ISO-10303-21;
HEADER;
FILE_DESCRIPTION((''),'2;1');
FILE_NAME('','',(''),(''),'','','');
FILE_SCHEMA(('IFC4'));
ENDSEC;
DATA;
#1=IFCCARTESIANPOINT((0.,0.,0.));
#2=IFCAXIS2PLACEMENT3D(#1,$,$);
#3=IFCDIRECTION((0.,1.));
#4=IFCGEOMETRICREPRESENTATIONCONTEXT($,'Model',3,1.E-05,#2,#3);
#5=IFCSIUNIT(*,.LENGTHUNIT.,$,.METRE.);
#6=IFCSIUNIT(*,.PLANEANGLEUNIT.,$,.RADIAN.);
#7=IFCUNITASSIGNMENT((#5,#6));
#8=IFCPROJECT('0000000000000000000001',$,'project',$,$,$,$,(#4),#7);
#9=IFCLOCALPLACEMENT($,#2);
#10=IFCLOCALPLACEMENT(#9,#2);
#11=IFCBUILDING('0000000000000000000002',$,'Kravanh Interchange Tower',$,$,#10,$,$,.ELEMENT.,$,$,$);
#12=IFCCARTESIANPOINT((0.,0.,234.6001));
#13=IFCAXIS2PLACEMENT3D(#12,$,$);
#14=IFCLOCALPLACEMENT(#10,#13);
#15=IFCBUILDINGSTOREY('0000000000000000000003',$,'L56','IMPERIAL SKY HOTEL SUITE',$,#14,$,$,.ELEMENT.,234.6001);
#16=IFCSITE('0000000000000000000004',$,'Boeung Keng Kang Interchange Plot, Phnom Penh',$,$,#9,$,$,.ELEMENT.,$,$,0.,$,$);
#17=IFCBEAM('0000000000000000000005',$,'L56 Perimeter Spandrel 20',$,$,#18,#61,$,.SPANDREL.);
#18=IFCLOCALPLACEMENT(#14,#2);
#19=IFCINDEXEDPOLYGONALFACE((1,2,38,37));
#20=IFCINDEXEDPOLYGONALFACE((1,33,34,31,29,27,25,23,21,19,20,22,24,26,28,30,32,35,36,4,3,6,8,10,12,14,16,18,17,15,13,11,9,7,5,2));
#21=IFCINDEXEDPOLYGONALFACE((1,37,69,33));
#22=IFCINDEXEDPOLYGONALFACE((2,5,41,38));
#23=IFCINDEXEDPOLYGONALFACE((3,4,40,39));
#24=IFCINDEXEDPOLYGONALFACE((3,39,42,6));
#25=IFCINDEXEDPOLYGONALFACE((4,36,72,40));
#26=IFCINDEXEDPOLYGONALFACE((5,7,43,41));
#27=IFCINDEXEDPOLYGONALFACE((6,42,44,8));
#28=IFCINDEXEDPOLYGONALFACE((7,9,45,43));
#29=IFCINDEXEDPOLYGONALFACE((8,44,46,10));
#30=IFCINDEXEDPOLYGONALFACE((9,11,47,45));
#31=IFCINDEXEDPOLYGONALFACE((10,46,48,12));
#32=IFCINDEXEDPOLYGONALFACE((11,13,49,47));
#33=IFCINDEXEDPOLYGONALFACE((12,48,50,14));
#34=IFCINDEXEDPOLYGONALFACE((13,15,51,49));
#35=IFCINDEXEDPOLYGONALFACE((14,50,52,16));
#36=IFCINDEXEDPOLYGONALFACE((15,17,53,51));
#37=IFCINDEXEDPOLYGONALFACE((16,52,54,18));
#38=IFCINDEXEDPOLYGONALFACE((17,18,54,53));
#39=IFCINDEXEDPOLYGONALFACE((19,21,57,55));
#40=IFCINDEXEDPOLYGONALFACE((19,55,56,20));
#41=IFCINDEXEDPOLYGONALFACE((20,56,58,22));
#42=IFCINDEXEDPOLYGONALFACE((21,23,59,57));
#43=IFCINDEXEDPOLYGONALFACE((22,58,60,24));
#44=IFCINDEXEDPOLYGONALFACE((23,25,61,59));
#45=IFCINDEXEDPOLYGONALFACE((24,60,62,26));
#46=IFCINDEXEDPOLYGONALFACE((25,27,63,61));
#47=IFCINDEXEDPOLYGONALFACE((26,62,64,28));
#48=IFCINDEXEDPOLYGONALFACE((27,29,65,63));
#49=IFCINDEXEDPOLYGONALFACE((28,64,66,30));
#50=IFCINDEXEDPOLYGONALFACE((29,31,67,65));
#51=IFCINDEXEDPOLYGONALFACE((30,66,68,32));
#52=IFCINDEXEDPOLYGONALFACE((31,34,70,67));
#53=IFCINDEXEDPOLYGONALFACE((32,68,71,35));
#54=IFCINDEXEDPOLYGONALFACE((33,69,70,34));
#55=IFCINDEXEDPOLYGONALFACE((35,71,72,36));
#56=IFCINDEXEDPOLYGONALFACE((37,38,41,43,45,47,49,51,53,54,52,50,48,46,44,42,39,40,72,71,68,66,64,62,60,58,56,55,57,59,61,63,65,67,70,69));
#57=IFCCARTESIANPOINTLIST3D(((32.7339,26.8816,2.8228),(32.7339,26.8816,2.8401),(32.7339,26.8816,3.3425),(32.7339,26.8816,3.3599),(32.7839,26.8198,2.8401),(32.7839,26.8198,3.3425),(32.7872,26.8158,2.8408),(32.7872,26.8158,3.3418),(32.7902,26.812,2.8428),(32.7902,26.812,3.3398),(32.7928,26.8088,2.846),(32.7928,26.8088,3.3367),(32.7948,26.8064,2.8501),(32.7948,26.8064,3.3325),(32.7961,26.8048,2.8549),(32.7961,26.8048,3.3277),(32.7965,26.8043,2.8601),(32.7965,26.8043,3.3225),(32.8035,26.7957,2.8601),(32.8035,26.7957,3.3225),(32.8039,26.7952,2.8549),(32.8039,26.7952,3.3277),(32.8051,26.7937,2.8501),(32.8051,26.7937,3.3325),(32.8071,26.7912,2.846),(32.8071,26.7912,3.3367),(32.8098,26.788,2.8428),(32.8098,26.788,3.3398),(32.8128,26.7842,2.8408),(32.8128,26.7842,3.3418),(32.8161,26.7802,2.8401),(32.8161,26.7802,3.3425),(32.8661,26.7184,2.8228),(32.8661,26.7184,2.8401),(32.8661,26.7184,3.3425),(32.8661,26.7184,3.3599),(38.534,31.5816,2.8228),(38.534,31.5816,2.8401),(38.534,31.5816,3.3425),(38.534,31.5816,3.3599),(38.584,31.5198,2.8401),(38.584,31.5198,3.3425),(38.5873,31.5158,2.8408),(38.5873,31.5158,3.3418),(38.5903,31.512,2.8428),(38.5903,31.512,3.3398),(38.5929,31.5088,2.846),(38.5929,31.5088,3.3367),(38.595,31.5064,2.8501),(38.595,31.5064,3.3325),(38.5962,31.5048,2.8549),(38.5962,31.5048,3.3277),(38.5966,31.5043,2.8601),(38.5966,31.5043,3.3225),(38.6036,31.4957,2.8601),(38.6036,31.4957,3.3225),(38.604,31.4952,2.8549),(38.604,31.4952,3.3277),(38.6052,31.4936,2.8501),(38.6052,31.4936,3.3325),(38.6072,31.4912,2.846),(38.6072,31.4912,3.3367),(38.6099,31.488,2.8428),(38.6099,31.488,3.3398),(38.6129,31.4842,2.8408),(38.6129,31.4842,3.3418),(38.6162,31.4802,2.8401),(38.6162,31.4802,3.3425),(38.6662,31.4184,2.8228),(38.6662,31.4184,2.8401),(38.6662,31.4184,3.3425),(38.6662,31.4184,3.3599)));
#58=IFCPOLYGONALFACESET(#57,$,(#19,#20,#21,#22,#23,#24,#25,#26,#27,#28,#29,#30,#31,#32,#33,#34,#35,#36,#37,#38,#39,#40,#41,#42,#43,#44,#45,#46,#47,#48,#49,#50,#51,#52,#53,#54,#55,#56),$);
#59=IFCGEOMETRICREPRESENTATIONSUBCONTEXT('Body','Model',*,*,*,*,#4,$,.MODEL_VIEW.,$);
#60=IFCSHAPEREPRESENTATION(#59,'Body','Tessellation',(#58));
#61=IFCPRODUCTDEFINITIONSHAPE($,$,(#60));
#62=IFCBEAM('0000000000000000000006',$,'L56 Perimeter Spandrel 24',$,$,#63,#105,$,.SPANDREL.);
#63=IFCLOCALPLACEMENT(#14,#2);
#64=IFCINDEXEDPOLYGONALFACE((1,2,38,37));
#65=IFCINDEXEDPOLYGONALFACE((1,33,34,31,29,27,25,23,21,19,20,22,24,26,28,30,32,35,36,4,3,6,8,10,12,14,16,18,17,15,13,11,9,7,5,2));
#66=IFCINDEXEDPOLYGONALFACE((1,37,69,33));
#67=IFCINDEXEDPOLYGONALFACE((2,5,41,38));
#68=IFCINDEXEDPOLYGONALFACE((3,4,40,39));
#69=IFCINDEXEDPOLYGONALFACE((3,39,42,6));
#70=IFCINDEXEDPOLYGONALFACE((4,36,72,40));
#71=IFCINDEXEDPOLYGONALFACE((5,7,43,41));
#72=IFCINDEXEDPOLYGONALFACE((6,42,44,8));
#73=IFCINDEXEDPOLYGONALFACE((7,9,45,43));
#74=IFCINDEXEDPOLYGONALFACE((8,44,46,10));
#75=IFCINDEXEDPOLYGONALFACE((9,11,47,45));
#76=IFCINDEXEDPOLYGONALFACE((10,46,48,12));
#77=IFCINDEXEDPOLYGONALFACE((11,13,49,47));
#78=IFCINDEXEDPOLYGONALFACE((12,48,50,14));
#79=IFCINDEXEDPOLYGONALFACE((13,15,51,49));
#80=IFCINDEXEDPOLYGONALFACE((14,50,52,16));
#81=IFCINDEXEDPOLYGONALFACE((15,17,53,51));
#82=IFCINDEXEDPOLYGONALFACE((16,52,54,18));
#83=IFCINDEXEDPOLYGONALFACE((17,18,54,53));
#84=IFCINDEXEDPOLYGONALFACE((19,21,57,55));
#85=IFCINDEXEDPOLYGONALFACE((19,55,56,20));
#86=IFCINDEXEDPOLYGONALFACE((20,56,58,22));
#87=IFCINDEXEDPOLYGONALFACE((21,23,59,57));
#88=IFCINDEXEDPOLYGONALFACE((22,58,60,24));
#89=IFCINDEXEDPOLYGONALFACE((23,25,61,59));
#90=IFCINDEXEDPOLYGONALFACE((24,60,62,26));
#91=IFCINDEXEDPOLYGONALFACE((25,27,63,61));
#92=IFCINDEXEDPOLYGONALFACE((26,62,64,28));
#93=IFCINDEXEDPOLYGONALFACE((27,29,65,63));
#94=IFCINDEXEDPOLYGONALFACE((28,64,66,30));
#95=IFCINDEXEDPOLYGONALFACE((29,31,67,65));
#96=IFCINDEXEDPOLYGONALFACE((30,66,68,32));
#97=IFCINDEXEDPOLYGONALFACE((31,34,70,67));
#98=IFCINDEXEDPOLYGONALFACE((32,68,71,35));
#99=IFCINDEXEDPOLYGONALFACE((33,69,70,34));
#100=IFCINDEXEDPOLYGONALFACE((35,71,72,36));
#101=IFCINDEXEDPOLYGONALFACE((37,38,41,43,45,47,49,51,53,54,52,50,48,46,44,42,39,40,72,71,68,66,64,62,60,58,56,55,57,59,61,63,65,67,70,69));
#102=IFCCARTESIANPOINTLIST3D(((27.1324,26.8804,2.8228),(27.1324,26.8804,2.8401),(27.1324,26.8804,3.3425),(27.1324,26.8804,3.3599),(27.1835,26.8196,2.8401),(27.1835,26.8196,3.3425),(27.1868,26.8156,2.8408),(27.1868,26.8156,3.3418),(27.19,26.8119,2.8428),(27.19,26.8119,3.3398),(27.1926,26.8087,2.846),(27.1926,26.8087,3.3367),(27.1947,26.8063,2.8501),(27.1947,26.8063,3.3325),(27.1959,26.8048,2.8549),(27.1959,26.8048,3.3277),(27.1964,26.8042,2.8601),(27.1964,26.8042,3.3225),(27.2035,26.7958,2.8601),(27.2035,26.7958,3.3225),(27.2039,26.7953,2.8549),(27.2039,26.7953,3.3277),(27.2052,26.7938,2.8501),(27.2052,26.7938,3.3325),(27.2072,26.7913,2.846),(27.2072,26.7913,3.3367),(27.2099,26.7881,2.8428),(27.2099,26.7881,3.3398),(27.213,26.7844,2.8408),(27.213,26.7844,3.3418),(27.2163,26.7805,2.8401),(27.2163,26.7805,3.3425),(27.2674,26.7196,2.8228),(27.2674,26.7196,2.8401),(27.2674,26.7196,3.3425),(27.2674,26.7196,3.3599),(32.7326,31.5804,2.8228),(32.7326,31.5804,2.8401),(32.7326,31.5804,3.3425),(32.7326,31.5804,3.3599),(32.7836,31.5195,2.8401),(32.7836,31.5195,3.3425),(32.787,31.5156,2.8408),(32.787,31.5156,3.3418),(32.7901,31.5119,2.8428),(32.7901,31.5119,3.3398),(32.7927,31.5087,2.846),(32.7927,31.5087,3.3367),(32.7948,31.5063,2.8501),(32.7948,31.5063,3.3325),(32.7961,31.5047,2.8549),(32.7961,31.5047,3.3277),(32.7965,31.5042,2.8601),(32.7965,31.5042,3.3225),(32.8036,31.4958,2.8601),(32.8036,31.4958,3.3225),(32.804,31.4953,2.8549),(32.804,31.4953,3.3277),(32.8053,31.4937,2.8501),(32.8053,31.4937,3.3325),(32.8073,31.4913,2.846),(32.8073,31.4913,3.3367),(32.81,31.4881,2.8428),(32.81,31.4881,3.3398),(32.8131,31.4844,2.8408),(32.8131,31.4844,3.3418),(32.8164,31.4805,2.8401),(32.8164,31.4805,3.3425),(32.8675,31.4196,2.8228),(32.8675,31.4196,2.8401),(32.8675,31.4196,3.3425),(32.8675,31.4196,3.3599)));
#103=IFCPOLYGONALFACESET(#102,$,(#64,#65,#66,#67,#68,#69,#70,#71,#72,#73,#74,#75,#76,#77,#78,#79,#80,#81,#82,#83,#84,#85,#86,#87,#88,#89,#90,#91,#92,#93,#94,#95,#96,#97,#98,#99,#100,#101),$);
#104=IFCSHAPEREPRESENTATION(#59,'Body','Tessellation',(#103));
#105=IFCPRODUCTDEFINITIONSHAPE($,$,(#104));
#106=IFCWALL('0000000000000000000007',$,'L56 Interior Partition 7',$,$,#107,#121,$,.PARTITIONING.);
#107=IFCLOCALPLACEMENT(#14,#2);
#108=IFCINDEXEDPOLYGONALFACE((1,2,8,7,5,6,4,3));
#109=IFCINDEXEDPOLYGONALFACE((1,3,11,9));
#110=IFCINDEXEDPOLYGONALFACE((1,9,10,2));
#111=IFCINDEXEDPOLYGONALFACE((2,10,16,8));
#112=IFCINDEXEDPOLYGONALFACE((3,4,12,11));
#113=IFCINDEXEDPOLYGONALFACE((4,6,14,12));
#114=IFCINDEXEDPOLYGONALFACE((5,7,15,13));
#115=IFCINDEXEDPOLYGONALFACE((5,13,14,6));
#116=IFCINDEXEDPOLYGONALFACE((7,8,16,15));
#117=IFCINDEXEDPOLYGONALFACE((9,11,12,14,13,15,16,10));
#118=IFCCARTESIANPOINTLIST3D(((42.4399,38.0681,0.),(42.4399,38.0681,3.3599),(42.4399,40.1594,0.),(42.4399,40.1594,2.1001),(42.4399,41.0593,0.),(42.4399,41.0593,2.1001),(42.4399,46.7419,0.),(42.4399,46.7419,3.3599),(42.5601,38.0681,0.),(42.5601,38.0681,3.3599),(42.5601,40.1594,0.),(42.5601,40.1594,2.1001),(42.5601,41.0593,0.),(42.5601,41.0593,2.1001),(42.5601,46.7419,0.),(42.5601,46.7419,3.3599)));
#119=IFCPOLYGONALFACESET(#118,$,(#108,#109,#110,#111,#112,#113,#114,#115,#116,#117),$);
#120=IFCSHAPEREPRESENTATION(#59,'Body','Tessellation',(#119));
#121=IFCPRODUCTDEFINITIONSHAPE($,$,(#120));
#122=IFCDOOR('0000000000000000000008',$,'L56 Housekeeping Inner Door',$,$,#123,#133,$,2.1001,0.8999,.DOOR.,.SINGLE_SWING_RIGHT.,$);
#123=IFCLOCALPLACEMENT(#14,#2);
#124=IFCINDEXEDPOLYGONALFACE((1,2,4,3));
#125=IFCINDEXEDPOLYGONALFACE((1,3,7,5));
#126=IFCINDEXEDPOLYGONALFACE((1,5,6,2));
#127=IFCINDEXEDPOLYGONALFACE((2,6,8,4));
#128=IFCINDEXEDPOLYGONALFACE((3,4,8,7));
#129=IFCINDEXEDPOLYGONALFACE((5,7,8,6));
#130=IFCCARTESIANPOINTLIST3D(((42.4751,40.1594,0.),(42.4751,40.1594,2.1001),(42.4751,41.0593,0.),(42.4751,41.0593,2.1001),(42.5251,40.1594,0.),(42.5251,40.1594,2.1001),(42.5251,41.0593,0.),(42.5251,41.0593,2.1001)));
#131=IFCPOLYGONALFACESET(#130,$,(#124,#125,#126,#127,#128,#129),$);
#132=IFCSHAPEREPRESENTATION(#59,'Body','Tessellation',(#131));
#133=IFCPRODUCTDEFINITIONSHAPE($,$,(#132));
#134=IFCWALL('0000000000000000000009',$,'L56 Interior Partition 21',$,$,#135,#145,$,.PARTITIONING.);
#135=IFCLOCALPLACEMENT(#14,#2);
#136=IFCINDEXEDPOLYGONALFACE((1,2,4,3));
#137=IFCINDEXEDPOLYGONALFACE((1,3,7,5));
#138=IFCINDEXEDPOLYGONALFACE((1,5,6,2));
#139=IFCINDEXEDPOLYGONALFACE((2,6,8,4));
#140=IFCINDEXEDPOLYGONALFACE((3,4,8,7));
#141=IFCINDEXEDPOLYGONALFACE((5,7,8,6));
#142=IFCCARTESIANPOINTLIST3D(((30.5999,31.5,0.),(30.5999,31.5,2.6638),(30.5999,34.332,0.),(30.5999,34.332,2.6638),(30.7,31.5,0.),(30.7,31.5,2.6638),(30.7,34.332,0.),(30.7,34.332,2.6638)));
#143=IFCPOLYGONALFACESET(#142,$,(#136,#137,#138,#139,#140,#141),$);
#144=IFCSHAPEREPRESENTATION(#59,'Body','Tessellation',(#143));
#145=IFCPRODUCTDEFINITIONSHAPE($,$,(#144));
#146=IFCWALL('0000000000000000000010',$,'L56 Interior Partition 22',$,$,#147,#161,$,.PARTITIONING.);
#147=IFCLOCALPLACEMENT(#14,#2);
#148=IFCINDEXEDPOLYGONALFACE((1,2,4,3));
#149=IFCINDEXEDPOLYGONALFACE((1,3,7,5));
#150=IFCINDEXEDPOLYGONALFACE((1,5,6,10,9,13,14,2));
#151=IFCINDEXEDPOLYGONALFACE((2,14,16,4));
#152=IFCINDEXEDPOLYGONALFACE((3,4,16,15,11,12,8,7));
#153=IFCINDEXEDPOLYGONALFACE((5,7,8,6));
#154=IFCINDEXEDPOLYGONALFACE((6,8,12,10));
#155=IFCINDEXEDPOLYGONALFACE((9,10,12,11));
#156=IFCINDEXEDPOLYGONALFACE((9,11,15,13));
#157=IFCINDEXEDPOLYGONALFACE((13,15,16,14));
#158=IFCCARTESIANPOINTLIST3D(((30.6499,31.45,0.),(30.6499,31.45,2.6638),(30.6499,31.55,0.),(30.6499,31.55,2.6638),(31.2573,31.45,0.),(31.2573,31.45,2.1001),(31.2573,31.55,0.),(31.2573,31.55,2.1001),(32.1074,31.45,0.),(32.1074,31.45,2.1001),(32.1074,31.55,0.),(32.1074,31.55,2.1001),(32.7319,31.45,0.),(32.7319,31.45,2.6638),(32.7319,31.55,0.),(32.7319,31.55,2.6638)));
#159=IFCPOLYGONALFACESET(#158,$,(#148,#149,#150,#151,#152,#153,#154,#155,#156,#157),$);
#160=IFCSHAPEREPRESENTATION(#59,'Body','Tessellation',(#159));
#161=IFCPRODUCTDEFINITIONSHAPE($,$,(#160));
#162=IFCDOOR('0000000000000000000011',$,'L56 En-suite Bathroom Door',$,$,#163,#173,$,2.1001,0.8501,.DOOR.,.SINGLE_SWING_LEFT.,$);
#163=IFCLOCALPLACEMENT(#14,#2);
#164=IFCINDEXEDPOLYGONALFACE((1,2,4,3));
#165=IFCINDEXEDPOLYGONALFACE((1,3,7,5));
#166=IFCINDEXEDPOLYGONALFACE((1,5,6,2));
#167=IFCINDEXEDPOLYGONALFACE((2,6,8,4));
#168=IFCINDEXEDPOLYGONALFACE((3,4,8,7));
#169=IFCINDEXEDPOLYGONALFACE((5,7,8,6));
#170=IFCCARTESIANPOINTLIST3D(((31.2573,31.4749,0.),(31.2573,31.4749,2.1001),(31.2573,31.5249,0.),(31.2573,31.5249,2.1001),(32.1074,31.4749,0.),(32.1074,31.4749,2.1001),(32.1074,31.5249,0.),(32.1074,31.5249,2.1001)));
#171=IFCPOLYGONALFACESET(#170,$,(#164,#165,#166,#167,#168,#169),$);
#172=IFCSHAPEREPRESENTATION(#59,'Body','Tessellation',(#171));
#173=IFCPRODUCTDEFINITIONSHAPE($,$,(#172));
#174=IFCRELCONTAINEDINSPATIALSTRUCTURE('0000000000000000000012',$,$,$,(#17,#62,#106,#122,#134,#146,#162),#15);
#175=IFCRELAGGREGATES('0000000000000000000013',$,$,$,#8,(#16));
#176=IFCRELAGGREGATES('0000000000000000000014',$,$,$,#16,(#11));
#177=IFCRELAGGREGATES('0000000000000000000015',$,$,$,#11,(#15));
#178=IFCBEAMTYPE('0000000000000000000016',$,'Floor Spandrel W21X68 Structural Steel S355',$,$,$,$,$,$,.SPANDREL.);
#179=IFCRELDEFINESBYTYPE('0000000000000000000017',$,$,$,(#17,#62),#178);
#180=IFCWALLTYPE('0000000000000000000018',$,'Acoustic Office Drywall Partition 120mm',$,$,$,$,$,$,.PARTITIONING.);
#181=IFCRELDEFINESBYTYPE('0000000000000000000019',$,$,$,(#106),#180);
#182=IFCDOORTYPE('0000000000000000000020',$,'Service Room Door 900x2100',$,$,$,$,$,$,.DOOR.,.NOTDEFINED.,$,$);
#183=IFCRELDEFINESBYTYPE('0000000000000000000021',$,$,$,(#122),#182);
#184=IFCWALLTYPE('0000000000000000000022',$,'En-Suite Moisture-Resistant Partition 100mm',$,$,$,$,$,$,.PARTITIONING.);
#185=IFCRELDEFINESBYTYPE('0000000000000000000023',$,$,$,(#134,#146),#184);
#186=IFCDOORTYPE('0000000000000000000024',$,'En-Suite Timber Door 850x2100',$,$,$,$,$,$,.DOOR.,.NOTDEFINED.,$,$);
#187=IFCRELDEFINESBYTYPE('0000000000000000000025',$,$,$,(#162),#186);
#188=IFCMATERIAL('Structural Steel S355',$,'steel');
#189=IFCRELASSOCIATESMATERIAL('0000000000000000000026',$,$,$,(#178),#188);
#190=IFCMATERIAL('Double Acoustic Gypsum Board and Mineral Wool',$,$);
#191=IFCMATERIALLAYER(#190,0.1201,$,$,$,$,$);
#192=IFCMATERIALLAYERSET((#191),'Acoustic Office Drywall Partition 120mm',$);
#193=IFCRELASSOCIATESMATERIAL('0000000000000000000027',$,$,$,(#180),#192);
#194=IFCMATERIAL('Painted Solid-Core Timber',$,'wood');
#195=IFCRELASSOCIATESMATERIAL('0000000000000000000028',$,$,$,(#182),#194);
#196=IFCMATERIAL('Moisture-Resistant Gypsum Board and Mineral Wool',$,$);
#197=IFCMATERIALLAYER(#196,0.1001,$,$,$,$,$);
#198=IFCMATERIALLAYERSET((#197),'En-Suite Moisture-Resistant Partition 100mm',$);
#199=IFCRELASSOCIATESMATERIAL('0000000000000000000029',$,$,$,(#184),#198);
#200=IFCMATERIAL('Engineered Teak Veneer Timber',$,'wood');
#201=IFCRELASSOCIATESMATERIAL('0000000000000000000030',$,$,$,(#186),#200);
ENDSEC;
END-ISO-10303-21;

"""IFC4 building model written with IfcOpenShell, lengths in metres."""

from ifc_helpers import new_model, si_unit, direction, frame, frame_2d, origin, origin_2d, place, context, subcontext, project, spatial, rectangle, i_section, extrude, material, layer, layer_set, material_profile, profile_set, type_object, element, fill, save


model = new_model("IFC4")

# Units and contexts
model_context = context("Model", 3, precision=1e-05, world=origin(), true_north=direction((0.0, 1.0)))
body_context = subcontext(model_context, "Body", "Model", "MODEL_VIEW")
ifc_project = project(units=[si_unit("LENGTHUNIT", "METRE"), si_unit("PLANEANGLEUNIT", "RADIAN")], contexts=[model_context])

# Site, building, storey
site_placement = place(None, origin())
site = spatial("IfcSite", under=ifc_project, at=site_placement, Name="Boeung Keng Kang Interchange Plot, Phnom Penh", CompositionType="ELEMENT", RefElevation=0.0)
building_placement = place(site_placement, origin())
building = spatial("IfcBuilding", under=site, at=building_placement, Name="Kravanh Interchange Tower", CompositionType="ELEMENT")
storey_placement = place(building_placement, frame((0.0, 0.0, 234.6001)))
storey = spatial("IfcBuildingStorey", under=building, at=storey_placement, Name="L56", Description="IMPERIAL SKY HOTEL SUITE", CompositionType="ELEMENT", Elevation=234.6001)

# Beams
ifc_material_1 = material(Name="Structural Steel S355", Category="steel")
ifc_material_profile_1 = material_profile(ifc_material_1, i_section(OverallWidth=0.21, OverallDepth=0.5371, WebThickness=0.011, FlangeThickness=0.0173, FilletRadius=0.02, at=origin_2d()), Name="W21X68")
ifc_profile_set_1 = profile_set([ifc_material_profile_1], Name="Structural Steel S355")
beam_type_1 = type_object("IfcBeamType", Name="Floor Spandrel W21X68 Structural Steel S355", PredefinedType="SPANDREL", material=ifc_profile_set_1)
beam_1_placement = place(storey_placement, frame((38.6001, 31.5, 3.0913), z_axis=(-0.776939, -0.629576, 0.0), x_axis=(0.629576, -0.776939, 0.0)))
element("IfcBeam", 1, at=beam_1_placement, inside=storey, type_object=beam_type_1, Name="L56 Perimeter Spandrel 20", PredefinedType="SPANDREL", context=body_context, shape_type="SweptSolid", body=[
    extrude(i_section(OverallWidth=0.21, OverallDepth=0.5371, WebThickness=0.011, FlangeThickness=0.0173, FilletRadius=0.02, at=origin_2d()), origin(), (0.0, 0.0, 1.0), 7.4653),
])
beam_2_placement = place(storey_placement, frame((32.8, 31.5, 3.0913), z_axis=(-0.765983, -0.642861, 0.0), x_axis=(0.642861, -0.765983, 0.0)))
element("IfcBeam", 2, at=beam_2_placement, inside=storey, type_object=beam_type_1, Name="L56 Perimeter Spandrel 24", PredefinedType="SPANDREL", context=body_context, shape_type="SweptSolid", body=[
    extrude(i_section(OverallWidth=0.21, OverallDepth=0.5371, WebThickness=0.011, FlangeThickness=0.0173, FilletRadius=0.02, at=origin_2d()), origin(), (0.0, 0.0, 1.0), 7.311),
])

# Wall, opening, door
ifc_material_2 = material(Name="Double Acoustic Gypsum Board and Mineral Wool")
ifc_layer_1 = layer(ifc_material_2, 0.1201)
ifc_layer_set_1 = layer_set([ifc_layer_1], Name="Acoustic Office Drywall Partition 120mm")
wall_type_1 = type_object("IfcWallType", Name="Acoustic Office Drywall Partition 120mm", PredefinedType="PARTITIONING", material=ifc_layer_set_1)
wall_1_placement = place(storey_placement, frame((42.5, 38.0681, 0.0), z_axis=(0.0, 0.0, 1.0), x_axis=(0.0, 1.0, 0.0)))
wall_1 = element("IfcWall", 3, at=wall_1_placement, inside=storey, type_object=wall_type_1, Name="L56 Interior Partition 7", PredefinedType="PARTITIONING", context=body_context, shape_type="SweptSolid", body=[
    extrude(rectangle(XDim=8.6738, YDim=0.1201, at=frame_2d((4.3369, 0.0))), origin(), (0.0, 0.0, 1.0), 3.3599),
])
opening_1_placement = place(wall_1_placement, frame((2.0913, 0.0, 0.0)))
opening_1 = element("IfcOpeningElement", 4, at=opening_1_placement, cuts=wall_1, PredefinedType="OPENING", context=body_context, shape_type="SweptSolid", body=[
    extrude(rectangle(XDim=0.8999, YDim=2.1001, at=frame_2d((0.45, 1.05))), frame((0.0, 0.0701, 0.0), z_axis=(0.0, -1.0, 0.0), x_axis=(1.0, 0.0, 0.0)), (0.0, 0.0, 1.0), 0.1401),
])
ifc_material_3 = material(Name="Painted Solid-Core Timber", Category="wood")
door_type_1 = type_object("IfcDoorType", Name="Service Room Door 900x2100", OperationType="NOTDEFINED", PredefinedType="DOOR", material=ifc_material_3)
door_1_placement = place(opening_1_placement, origin())
door_1 = element("IfcDoor", 5, at=door_1_placement, inside=storey, type_object=door_type_1, Name="L56 Housekeeping Inner Door", OperationType="SINGLE_SWING_RIGHT", OverallHeight=2.1001, OverallWidth=0.8999, PredefinedType="DOOR", context=body_context, shape_type="SweptSolid", body=[
    extrude(rectangle(XDim=0.8999, YDim=2.1001, at=frame_2d((0.45, 1.05))), frame((0.0, 0.0249, 0.0), z_axis=(0.0, -1.0, 0.0), x_axis=(1.0, 0.0, 0.0)), (0.0, 0.0, 1.0), 0.05),
])
fill(opening_1, door_1)

# Wall
ifc_material_4 = material(Name="Moisture-Resistant Gypsum Board and Mineral Wool")
ifc_layer_2 = layer(ifc_material_4, 0.1001)
ifc_layer_set_2 = layer_set([ifc_layer_2], Name="En-Suite Moisture-Resistant Partition 100mm")
wall_type_2 = type_object("IfcWallType", Name="En-Suite Moisture-Resistant Partition 100mm", PredefinedType="PARTITIONING", material=ifc_layer_set_2)
wall_2_placement = place(storey_placement, frame((30.6499, 31.5, 0.0), z_axis=(0.0, 0.0, 1.0), x_axis=(0.0, 1.0, 0.0)))
element("IfcWall", 6, at=wall_2_placement, inside=storey, type_object=wall_type_2, Name="L56 Interior Partition 21", PredefinedType="PARTITIONING", context=body_context, shape_type="SweptSolid", body=[
    extrude(rectangle(XDim=2.832, YDim=0.1001, at=frame_2d((1.416, 0.0))), origin(), (0.0, 0.0, 1.0), 2.6638),
])

# Wall, opening, door
wall_3_placement = place(storey_placement, frame((30.6499, 31.5, 0.0), z_axis=(0.0, 0.0, 1.0), x_axis=(1.0, 0.0, 0.0)))
wall_3 = element("IfcWall", 7, at=wall_3_placement, inside=storey, type_object=wall_type_2, Name="L56 Interior Partition 22", PredefinedType="PARTITIONING", context=body_context, shape_type="SweptSolid", body=[
    extrude(rectangle(XDim=2.082, YDim=0.1001, at=frame_2d((1.041, 0.0))), origin(), (0.0, 0.0, 1.0), 2.6638),
])
opening_2_placement = place(wall_3_placement, frame((0.6074, 0.0, 0.0)))
opening_2 = element("IfcOpeningElement", 8, at=opening_2_placement, cuts=wall_3, PredefinedType="OPENING", context=body_context, shape_type="SweptSolid", body=[
    extrude(rectangle(XDim=0.8501, YDim=2.1001, at=frame_2d((0.425, 1.05))), frame((0.0, 0.0601, 0.0), z_axis=(0.0, -1.0, 0.0), x_axis=(1.0, 0.0, 0.0)), (0.0, 0.0, 1.0), 0.1201),
])
ifc_material_5 = material(Name="Engineered Teak Veneer Timber", Category="wood")
door_type_2 = type_object("IfcDoorType", Name="En-Suite Timber Door 850x2100", OperationType="NOTDEFINED", PredefinedType="DOOR", material=ifc_material_5)
door_2_placement = place(opening_2_placement, origin())
door_2 = element("IfcDoor", 9, at=door_2_placement, inside=storey, type_object=door_type_2, Name="L56 En-suite Bathroom Door", OperationType="SINGLE_SWING_LEFT", OverallHeight=2.1001, OverallWidth=0.8501, PredefinedType="DOOR", context=body_context, shape_type="SweptSolid", body=[
    extrude(rectangle(XDim=0.8501, YDim=2.1001, at=frame_2d((0.425, 1.05))), frame((0.0, 0.0249, 0.0), z_axis=(0.0, -1.0, 0.0), x_axis=(1.0, 0.0, 0.0)), (0.0, 0.0, 1.0), 0.05),
])
fill(opening_2, door_2)

save(model, "model.ifc")
